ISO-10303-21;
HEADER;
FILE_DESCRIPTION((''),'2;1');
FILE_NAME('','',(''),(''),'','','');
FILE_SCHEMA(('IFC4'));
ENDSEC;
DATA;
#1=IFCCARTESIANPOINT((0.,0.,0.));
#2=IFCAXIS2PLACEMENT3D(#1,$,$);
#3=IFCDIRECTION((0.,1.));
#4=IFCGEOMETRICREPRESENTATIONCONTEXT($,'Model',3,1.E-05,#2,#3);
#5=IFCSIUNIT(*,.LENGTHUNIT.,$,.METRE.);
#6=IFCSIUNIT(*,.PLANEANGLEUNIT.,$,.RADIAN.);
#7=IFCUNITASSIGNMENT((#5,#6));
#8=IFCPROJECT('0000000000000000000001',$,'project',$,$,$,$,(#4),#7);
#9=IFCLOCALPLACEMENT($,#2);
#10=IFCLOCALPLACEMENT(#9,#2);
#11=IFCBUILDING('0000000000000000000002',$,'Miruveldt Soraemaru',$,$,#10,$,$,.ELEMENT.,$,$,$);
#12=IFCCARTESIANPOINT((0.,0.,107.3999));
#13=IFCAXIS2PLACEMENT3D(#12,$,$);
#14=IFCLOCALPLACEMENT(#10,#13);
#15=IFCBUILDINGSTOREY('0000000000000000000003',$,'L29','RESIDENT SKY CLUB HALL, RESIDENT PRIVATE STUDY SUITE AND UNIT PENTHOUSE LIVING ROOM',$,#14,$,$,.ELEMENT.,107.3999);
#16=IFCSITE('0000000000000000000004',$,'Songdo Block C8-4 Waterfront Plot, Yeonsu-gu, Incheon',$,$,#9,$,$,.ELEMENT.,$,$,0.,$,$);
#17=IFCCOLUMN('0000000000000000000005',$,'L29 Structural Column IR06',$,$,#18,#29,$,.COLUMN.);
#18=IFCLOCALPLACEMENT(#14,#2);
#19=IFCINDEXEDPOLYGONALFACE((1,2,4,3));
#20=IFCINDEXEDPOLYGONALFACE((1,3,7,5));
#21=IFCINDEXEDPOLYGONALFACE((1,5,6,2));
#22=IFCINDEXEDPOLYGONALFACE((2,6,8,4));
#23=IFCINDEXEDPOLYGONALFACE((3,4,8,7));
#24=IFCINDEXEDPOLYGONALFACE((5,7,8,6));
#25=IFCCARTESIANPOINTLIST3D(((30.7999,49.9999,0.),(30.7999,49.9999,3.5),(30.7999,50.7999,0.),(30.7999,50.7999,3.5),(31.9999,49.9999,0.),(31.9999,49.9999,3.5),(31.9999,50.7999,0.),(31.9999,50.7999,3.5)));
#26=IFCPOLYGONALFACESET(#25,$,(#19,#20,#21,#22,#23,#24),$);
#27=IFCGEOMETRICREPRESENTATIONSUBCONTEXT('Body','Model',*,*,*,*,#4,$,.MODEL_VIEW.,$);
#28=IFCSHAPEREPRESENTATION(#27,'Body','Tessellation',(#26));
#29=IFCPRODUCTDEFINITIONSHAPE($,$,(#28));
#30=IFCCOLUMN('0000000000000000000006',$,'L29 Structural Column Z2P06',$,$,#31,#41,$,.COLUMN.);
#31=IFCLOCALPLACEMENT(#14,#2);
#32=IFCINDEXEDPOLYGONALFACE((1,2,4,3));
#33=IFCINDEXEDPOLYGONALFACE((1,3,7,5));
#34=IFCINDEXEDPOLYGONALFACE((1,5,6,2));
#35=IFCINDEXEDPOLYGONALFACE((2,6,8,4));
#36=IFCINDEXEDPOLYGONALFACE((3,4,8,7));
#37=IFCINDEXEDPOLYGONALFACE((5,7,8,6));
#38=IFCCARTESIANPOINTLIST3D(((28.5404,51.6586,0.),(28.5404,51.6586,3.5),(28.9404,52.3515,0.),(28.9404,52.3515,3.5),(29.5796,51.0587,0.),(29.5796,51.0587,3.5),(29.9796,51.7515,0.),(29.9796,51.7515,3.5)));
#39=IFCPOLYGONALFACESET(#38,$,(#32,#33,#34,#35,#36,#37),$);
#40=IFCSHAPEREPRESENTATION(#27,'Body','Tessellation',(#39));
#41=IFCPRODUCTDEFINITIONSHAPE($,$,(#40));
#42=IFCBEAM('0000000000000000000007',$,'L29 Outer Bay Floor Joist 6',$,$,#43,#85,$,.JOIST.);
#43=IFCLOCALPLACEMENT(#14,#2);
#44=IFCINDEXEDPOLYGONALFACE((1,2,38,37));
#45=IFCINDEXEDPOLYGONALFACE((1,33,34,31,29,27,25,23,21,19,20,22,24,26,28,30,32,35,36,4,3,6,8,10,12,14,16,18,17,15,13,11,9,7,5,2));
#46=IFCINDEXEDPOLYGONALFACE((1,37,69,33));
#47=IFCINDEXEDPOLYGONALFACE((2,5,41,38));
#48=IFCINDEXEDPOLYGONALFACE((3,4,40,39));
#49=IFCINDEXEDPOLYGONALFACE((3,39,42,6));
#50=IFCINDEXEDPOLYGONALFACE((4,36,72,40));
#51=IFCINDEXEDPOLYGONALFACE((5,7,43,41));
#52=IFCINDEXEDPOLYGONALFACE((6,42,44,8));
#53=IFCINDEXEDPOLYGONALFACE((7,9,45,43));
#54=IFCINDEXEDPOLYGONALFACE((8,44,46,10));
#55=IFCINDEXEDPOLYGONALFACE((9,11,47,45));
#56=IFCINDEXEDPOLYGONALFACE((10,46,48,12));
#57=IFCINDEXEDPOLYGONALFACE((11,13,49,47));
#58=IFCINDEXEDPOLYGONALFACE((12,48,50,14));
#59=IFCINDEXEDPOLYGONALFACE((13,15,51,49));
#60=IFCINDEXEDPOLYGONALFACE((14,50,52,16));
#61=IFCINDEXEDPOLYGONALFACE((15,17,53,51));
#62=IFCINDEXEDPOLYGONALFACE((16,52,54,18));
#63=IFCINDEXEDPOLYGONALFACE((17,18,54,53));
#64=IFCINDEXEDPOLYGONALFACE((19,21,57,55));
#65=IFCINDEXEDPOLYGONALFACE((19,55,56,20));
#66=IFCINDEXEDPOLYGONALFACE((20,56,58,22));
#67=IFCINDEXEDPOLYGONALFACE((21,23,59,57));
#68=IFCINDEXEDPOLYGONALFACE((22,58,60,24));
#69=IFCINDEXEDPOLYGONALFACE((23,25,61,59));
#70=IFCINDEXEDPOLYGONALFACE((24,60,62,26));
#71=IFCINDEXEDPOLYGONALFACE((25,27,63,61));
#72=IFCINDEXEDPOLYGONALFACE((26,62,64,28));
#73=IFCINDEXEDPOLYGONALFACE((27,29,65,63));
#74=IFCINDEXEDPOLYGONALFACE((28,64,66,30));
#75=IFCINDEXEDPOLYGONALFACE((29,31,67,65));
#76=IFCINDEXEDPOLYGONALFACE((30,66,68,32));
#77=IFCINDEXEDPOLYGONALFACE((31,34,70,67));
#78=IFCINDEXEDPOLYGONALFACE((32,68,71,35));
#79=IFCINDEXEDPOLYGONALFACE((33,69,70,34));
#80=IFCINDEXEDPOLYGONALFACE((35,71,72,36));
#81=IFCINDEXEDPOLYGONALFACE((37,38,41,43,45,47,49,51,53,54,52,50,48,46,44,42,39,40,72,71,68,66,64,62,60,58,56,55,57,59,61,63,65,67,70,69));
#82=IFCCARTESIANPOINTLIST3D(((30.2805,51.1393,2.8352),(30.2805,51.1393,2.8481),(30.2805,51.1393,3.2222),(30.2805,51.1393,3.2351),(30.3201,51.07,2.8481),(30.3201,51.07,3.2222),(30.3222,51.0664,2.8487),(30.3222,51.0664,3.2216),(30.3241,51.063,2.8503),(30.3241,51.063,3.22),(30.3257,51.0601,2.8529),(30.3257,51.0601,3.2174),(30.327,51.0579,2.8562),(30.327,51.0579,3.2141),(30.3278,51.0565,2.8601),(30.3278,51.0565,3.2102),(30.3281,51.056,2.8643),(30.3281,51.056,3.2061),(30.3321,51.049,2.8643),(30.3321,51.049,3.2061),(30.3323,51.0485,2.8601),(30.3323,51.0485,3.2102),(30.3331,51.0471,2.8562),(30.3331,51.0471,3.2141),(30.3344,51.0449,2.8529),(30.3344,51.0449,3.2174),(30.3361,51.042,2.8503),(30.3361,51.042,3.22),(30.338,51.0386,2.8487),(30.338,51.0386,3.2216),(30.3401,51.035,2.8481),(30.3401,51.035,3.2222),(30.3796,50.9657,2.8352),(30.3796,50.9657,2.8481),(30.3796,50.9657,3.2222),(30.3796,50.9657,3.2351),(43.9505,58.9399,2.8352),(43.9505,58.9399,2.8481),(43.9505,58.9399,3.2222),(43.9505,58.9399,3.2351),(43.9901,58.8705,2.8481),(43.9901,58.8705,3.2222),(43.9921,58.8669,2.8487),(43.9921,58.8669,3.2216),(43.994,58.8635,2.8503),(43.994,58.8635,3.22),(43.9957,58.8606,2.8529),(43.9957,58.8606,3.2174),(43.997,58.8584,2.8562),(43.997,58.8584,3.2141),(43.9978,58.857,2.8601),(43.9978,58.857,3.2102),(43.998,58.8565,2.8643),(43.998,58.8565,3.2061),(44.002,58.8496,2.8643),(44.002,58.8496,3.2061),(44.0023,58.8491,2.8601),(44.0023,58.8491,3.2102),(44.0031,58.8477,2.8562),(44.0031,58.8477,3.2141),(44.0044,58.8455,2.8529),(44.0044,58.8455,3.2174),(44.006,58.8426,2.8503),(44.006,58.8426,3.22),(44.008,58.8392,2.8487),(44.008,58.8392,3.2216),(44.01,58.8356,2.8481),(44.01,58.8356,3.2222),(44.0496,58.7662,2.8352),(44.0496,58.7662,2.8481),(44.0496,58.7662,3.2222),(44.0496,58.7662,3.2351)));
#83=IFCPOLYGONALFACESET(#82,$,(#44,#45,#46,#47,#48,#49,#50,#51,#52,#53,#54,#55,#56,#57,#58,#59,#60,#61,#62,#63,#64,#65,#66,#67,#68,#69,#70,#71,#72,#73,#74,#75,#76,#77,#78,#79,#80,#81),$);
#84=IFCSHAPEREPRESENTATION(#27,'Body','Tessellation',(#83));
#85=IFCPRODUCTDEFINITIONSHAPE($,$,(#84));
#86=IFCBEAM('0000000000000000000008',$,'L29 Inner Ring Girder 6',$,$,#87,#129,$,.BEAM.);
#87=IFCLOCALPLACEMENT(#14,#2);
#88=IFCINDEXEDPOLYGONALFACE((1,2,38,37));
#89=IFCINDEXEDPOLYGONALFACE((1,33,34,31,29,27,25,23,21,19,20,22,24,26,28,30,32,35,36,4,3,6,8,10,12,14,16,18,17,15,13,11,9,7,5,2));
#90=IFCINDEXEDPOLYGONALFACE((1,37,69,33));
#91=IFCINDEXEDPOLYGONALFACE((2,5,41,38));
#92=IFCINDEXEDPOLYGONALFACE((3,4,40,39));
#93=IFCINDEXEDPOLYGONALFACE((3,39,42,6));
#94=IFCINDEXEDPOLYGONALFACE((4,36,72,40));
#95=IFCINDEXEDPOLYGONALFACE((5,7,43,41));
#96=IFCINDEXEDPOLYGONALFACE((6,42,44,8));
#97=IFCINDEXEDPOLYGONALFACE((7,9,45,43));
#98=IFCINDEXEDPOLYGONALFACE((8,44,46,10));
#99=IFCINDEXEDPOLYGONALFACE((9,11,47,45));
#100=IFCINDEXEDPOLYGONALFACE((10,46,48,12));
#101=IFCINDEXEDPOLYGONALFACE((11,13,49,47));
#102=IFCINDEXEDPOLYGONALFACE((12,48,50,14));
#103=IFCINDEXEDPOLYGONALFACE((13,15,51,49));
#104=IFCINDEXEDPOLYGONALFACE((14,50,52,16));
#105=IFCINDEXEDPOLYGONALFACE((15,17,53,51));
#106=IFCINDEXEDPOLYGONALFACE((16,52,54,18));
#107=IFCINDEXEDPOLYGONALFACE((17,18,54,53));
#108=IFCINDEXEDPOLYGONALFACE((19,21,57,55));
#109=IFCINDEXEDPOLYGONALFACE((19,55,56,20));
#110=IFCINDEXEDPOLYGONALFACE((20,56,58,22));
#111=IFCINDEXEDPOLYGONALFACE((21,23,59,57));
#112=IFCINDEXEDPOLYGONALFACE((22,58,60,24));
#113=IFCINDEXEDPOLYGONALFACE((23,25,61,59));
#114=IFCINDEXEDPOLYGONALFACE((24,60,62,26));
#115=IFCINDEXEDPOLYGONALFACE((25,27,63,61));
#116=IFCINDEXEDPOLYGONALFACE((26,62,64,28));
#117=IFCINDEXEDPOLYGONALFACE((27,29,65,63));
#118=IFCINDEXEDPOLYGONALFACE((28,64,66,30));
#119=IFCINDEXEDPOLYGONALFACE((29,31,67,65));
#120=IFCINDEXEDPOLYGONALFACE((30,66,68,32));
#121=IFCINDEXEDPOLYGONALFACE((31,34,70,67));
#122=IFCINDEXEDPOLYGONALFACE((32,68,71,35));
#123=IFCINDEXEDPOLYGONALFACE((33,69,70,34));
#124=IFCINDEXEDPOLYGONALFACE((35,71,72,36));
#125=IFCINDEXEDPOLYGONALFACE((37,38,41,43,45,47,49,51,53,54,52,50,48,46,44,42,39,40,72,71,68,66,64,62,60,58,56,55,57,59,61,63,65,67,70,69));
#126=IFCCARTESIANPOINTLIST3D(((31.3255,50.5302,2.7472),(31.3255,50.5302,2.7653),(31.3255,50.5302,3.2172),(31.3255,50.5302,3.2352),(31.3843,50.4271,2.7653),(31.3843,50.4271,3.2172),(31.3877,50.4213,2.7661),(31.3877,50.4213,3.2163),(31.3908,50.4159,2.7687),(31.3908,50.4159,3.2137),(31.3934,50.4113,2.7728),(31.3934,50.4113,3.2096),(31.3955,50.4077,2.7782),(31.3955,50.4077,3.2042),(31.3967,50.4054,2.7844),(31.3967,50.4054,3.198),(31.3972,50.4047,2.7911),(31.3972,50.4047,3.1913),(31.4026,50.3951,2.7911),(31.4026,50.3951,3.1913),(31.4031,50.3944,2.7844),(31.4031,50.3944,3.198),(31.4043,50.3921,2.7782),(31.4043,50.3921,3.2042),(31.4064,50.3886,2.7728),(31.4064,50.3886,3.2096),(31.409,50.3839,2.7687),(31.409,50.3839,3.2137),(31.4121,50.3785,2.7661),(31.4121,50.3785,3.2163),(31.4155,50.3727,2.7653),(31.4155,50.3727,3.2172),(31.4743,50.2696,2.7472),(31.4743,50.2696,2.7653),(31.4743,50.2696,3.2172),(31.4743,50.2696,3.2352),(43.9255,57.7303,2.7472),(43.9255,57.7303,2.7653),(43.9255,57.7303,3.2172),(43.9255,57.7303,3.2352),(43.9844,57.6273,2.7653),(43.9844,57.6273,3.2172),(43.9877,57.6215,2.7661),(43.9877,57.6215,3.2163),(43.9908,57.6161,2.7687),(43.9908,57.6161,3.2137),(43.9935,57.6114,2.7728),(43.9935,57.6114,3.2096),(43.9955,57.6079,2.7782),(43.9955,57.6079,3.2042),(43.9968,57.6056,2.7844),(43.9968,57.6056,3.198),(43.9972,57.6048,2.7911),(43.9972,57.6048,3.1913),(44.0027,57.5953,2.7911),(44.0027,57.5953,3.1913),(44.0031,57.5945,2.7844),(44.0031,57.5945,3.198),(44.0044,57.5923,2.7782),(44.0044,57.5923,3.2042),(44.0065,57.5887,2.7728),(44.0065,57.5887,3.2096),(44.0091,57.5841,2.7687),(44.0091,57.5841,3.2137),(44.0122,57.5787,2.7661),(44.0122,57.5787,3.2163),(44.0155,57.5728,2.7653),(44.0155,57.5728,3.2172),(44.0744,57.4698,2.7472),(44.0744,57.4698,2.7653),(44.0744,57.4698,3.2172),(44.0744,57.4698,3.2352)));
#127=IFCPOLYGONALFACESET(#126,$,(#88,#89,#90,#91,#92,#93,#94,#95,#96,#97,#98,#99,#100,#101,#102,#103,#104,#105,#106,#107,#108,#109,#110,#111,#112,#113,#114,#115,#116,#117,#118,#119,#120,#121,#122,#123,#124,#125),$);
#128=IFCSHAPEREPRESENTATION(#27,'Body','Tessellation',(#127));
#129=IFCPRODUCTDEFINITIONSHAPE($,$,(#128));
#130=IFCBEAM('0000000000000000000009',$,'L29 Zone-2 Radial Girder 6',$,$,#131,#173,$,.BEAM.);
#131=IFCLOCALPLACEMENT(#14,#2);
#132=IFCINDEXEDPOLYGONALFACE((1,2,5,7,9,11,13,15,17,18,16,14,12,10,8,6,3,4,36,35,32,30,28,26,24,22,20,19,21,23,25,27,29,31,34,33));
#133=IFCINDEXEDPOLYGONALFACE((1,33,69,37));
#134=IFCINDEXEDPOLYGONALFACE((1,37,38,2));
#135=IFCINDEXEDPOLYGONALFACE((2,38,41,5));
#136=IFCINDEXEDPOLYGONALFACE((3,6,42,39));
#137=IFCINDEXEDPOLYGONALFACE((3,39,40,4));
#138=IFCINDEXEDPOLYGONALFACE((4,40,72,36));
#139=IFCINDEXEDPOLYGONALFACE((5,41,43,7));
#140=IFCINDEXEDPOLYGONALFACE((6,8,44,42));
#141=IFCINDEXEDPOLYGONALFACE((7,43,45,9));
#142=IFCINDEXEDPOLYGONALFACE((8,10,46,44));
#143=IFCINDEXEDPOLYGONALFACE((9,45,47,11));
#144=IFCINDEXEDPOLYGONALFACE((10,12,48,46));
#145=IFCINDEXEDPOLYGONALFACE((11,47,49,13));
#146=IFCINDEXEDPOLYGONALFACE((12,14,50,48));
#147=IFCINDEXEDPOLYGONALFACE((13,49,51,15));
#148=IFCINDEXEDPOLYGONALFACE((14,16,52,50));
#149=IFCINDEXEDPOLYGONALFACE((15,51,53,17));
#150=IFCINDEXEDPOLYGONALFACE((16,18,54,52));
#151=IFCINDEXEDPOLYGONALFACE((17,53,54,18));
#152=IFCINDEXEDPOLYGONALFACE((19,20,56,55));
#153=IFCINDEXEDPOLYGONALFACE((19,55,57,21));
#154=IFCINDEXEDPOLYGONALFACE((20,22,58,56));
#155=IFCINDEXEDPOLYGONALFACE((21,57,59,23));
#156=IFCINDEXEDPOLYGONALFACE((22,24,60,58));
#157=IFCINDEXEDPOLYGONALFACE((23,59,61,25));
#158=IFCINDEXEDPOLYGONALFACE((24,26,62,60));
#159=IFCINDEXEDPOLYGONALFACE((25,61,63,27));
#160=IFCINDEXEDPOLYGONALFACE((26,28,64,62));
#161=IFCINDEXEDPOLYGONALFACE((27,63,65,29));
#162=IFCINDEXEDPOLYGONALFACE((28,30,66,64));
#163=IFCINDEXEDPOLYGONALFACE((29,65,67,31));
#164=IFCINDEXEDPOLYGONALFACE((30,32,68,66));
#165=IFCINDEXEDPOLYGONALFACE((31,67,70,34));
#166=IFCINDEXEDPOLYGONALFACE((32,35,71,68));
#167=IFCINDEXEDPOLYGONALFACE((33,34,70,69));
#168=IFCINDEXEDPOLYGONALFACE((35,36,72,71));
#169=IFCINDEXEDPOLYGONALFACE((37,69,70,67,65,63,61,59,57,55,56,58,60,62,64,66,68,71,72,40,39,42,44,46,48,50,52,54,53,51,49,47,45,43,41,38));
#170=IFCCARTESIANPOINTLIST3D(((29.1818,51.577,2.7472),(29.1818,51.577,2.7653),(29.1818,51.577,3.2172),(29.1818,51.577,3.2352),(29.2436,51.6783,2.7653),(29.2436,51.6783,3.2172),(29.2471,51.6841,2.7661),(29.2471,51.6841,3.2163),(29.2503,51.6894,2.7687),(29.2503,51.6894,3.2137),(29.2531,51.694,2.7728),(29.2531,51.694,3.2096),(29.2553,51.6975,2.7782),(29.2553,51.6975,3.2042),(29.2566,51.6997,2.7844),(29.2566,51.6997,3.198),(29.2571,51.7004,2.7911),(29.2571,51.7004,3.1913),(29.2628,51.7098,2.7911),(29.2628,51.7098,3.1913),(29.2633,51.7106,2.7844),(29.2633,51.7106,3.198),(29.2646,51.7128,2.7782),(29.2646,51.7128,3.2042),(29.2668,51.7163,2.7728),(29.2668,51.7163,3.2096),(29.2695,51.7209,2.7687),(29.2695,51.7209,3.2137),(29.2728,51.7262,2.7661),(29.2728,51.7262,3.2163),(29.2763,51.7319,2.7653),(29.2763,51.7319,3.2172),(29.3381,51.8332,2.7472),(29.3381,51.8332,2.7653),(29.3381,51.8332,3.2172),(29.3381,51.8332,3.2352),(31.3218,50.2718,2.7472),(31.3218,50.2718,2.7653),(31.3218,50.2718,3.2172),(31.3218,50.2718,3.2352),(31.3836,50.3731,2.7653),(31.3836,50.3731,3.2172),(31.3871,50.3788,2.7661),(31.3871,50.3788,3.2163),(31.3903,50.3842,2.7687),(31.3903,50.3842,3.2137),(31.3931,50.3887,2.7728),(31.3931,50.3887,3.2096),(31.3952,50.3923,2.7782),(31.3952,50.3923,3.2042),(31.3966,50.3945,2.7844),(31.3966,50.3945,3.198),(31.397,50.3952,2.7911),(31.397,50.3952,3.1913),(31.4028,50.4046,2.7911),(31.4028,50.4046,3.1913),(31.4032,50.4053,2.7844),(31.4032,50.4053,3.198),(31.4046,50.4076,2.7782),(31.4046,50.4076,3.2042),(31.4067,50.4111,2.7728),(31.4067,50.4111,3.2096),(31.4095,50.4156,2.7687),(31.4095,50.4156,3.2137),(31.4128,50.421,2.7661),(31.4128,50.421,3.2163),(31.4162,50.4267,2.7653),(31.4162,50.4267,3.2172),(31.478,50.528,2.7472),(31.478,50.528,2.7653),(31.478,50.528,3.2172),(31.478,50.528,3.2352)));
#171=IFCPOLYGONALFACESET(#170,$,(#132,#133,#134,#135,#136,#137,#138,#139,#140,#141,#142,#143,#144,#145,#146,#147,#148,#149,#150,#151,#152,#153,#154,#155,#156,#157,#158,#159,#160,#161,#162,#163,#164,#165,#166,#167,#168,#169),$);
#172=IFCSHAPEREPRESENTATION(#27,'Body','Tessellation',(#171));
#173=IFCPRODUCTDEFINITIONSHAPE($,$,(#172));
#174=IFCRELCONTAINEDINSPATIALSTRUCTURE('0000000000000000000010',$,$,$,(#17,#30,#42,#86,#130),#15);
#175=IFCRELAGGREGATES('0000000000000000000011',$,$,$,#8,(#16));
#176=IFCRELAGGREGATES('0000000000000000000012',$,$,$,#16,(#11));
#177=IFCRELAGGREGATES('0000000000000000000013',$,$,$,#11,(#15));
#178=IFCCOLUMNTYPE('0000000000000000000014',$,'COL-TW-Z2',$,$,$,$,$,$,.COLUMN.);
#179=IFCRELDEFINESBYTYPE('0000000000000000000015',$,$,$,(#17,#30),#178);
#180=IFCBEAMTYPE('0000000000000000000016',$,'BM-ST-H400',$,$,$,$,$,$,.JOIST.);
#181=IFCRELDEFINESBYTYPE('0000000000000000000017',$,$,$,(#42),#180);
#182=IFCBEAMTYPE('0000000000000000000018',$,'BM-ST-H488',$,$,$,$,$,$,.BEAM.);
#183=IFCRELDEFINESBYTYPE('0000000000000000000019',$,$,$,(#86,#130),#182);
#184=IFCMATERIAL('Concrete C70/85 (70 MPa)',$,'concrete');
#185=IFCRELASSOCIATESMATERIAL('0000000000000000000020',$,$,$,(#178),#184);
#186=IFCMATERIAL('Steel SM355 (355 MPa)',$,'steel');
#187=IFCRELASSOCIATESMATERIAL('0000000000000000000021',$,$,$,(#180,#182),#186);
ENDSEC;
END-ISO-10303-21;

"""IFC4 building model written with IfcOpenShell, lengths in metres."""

from ifc_helpers import new_model, si_unit, direction, frame, origin, origin_2d, place, context, subcontext, project, spatial, rectangle, i_section, extrude, material, material_profile, profile_set, type_object, element, save


model = new_model("IFC4")

# Units and contexts
model_context = context("Model", 3, precision=1e-05, world=origin(), true_north=direction((0.0, 1.0)))
body_context = subcontext(model_context, "Body", "Model", "MODEL_VIEW")
ifc_project = project(units=[si_unit("LENGTHUNIT", "METRE"), si_unit("PLANEANGLEUNIT", "RADIAN")], contexts=[model_context])

# Site, building, storey
site_placement = place(None, origin())
site = spatial("IfcSite", under=ifc_project, at=site_placement, Name="Songdo Block C8-4 Waterfront Plot, Yeonsu-gu, Incheon", CompositionType="ELEMENT", RefElevation=0.0)
building_placement = place(site_placement, origin())
building = spatial("IfcBuilding", under=site, at=building_placement, Name="Miruveldt Soraemaru", CompositionType="ELEMENT")
storey_placement = place(building_placement, frame((0.0, 0.0, 107.3999)))
storey = spatial("IfcBuildingStorey", under=building, at=storey_placement, Name="L29", Description="RESIDENT SKY CLUB HALL, RESIDENT PRIVATE STUDY SUITE AND UNIT PENTHOUSE LIVING ROOM", CompositionType="ELEMENT", Elevation=107.3999)

# Columns
ifc_material_1 = material(Name="Concrete C70/85 (70 MPa)", Category="concrete")
ifc_material_profile_1 = material_profile(ifc_material_1, rectangle(XDim=1.2, YDim=0.8, at=origin_2d()), Name="Concrete C70/85 (70 MPa)", Category="concrete")
ifc_profile_set_1 = profile_set([ifc_material_profile_1], Name="Concrete C70/85 (70 MPa)")
column_type = type_object("IfcColumnType", Name="COL-TW-Z2", PredefinedType="COLUMN", material=ifc_profile_set_1)
for number, where, z_axis, x_axis, name in (
    (1, (31.3999, 50.3999, 0.0), (0.0, 0.0, 1.0), (1.0, 0.0, 0.0), "L29 Structural Column IR06"),
    (2, (29.26, 51.7051, 0.0), (0.0, 0.0, 1.0), (-0.866025, 0.5, 0.0), "L29 Structural Column Z2P06"),
):
    element("IfcColumn", number, at=place(storey_placement, frame(where, z_axis=z_axis, x_axis=x_axis)), inside=storey, type_object=column_type, Name=name, PredefinedType="COLUMN", context=body_context, shape_type="SweptSolid", body=[
        extrude(rectangle(XDim=1.2, YDim=0.8, at=origin_2d()), origin(), (0.0, 0.0, 1.0), 3.5),
    ])

# Beams
ifc_material_2 = material(Name="Steel SM355 (355 MPa)", Category="steel")
ifc_material_profile_2 = material_profile(ifc_material_2, i_section(OverallWidth=0.2, OverallDepth=0.3999, WebThickness=0.0081, FlangeThickness=0.0129, FilletRadius=0.0161, at=origin_2d()), Name="Steel SM355 (355 MPa)", Category="steel")
ifc_profile_set_2 = profile_set([ifc_material_profile_2], Name="Steel SM355 (355 MPa)")
beam_type_1 = type_object("IfcBeamType", Name="BM-ST-H400", PredefinedType="JOIST", material=ifc_profile_set_2)
beam_1_placement = place(storey_placement, frame((30.3301, 51.0525, 3.0352), z_axis=(0.86854, 0.495619, 0.0), x_axis=(-0.495619, 0.86854, 0.0)))
element("IfcBeam", 3, at=beam_1_placement, inside=storey, type_object=beam_type_1, Name="L29 Outer Bay Floor Joist 6", PredefinedType="JOIST", context=body_context, shape_type="SweptSolid", body=[
    extrude(i_section(OverallWidth=0.2, OverallDepth=0.3999, WebThickness=0.0081, FlangeThickness=0.0129, FilletRadius=0.0161, at=origin_2d()), origin(), (0.0, 0.0, 1.0), 15.739),
])
ifc_material_profile_3 = material_profile(ifc_material_2, i_section(OverallWidth=0.3, OverallDepth=0.488, WebThickness=0.011, FlangeThickness=0.0181, FilletRadius=0.0259, at=origin_2d()), Name="Steel SM355 (355 MPa)", Category="steel")
ifc_profile_set_3 = profile_set([ifc_material_profile_3], Name="Steel SM355 (355 MPa)")
beam_type_2 = type_object("IfcBeamType", Name="BM-ST-H488", PredefinedType="BEAM", material=ifc_profile_set_3)
beam_2_placement = place(storey_placement, frame((31.3999, 50.3999, 2.9912), z_axis=(0.868239, 0.496146, 0.0), x_axis=(-0.496146, 0.868239, 0.0)))
element("IfcBeam", 4, at=beam_2_placement, inside=storey, type_object=beam_type_2, Name="L29 Inner Ring Girder 6", PredefinedType="BEAM", context=body_context, shape_type="SweptSolid", body=[
    extrude(i_section(OverallWidth=0.3, OverallDepth=0.488, WebThickness=0.011, FlangeThickness=0.0181, FilletRadius=0.0259, at=origin_2d()), origin(), (0.0, 0.0, 1.0), 14.5122),
])
beam_3_placement = place(storey_placement, frame((31.3999, 50.3999, 2.9912), z_axis=(-0.853732, 0.520713, 0.0), x_axis=(-0.520713, -0.853732, 0.0)))
element("IfcBeam", 5, at=beam_3_placement, inside=storey, type_object=beam_type_2, Name="L29 Zone-2 Radial Girder 6", PredefinedType="BEAM", context=body_context, shape_type="SweptSolid", body=[
    extrude(i_section(OverallWidth=0.3, OverallDepth=0.488, WebThickness=0.011, FlangeThickness=0.0181, FilletRadius=0.0259, at=origin_2d()), origin(), (0.0, 0.0, 1.0), 2.5066),
])

save(model, "model.ifc")
